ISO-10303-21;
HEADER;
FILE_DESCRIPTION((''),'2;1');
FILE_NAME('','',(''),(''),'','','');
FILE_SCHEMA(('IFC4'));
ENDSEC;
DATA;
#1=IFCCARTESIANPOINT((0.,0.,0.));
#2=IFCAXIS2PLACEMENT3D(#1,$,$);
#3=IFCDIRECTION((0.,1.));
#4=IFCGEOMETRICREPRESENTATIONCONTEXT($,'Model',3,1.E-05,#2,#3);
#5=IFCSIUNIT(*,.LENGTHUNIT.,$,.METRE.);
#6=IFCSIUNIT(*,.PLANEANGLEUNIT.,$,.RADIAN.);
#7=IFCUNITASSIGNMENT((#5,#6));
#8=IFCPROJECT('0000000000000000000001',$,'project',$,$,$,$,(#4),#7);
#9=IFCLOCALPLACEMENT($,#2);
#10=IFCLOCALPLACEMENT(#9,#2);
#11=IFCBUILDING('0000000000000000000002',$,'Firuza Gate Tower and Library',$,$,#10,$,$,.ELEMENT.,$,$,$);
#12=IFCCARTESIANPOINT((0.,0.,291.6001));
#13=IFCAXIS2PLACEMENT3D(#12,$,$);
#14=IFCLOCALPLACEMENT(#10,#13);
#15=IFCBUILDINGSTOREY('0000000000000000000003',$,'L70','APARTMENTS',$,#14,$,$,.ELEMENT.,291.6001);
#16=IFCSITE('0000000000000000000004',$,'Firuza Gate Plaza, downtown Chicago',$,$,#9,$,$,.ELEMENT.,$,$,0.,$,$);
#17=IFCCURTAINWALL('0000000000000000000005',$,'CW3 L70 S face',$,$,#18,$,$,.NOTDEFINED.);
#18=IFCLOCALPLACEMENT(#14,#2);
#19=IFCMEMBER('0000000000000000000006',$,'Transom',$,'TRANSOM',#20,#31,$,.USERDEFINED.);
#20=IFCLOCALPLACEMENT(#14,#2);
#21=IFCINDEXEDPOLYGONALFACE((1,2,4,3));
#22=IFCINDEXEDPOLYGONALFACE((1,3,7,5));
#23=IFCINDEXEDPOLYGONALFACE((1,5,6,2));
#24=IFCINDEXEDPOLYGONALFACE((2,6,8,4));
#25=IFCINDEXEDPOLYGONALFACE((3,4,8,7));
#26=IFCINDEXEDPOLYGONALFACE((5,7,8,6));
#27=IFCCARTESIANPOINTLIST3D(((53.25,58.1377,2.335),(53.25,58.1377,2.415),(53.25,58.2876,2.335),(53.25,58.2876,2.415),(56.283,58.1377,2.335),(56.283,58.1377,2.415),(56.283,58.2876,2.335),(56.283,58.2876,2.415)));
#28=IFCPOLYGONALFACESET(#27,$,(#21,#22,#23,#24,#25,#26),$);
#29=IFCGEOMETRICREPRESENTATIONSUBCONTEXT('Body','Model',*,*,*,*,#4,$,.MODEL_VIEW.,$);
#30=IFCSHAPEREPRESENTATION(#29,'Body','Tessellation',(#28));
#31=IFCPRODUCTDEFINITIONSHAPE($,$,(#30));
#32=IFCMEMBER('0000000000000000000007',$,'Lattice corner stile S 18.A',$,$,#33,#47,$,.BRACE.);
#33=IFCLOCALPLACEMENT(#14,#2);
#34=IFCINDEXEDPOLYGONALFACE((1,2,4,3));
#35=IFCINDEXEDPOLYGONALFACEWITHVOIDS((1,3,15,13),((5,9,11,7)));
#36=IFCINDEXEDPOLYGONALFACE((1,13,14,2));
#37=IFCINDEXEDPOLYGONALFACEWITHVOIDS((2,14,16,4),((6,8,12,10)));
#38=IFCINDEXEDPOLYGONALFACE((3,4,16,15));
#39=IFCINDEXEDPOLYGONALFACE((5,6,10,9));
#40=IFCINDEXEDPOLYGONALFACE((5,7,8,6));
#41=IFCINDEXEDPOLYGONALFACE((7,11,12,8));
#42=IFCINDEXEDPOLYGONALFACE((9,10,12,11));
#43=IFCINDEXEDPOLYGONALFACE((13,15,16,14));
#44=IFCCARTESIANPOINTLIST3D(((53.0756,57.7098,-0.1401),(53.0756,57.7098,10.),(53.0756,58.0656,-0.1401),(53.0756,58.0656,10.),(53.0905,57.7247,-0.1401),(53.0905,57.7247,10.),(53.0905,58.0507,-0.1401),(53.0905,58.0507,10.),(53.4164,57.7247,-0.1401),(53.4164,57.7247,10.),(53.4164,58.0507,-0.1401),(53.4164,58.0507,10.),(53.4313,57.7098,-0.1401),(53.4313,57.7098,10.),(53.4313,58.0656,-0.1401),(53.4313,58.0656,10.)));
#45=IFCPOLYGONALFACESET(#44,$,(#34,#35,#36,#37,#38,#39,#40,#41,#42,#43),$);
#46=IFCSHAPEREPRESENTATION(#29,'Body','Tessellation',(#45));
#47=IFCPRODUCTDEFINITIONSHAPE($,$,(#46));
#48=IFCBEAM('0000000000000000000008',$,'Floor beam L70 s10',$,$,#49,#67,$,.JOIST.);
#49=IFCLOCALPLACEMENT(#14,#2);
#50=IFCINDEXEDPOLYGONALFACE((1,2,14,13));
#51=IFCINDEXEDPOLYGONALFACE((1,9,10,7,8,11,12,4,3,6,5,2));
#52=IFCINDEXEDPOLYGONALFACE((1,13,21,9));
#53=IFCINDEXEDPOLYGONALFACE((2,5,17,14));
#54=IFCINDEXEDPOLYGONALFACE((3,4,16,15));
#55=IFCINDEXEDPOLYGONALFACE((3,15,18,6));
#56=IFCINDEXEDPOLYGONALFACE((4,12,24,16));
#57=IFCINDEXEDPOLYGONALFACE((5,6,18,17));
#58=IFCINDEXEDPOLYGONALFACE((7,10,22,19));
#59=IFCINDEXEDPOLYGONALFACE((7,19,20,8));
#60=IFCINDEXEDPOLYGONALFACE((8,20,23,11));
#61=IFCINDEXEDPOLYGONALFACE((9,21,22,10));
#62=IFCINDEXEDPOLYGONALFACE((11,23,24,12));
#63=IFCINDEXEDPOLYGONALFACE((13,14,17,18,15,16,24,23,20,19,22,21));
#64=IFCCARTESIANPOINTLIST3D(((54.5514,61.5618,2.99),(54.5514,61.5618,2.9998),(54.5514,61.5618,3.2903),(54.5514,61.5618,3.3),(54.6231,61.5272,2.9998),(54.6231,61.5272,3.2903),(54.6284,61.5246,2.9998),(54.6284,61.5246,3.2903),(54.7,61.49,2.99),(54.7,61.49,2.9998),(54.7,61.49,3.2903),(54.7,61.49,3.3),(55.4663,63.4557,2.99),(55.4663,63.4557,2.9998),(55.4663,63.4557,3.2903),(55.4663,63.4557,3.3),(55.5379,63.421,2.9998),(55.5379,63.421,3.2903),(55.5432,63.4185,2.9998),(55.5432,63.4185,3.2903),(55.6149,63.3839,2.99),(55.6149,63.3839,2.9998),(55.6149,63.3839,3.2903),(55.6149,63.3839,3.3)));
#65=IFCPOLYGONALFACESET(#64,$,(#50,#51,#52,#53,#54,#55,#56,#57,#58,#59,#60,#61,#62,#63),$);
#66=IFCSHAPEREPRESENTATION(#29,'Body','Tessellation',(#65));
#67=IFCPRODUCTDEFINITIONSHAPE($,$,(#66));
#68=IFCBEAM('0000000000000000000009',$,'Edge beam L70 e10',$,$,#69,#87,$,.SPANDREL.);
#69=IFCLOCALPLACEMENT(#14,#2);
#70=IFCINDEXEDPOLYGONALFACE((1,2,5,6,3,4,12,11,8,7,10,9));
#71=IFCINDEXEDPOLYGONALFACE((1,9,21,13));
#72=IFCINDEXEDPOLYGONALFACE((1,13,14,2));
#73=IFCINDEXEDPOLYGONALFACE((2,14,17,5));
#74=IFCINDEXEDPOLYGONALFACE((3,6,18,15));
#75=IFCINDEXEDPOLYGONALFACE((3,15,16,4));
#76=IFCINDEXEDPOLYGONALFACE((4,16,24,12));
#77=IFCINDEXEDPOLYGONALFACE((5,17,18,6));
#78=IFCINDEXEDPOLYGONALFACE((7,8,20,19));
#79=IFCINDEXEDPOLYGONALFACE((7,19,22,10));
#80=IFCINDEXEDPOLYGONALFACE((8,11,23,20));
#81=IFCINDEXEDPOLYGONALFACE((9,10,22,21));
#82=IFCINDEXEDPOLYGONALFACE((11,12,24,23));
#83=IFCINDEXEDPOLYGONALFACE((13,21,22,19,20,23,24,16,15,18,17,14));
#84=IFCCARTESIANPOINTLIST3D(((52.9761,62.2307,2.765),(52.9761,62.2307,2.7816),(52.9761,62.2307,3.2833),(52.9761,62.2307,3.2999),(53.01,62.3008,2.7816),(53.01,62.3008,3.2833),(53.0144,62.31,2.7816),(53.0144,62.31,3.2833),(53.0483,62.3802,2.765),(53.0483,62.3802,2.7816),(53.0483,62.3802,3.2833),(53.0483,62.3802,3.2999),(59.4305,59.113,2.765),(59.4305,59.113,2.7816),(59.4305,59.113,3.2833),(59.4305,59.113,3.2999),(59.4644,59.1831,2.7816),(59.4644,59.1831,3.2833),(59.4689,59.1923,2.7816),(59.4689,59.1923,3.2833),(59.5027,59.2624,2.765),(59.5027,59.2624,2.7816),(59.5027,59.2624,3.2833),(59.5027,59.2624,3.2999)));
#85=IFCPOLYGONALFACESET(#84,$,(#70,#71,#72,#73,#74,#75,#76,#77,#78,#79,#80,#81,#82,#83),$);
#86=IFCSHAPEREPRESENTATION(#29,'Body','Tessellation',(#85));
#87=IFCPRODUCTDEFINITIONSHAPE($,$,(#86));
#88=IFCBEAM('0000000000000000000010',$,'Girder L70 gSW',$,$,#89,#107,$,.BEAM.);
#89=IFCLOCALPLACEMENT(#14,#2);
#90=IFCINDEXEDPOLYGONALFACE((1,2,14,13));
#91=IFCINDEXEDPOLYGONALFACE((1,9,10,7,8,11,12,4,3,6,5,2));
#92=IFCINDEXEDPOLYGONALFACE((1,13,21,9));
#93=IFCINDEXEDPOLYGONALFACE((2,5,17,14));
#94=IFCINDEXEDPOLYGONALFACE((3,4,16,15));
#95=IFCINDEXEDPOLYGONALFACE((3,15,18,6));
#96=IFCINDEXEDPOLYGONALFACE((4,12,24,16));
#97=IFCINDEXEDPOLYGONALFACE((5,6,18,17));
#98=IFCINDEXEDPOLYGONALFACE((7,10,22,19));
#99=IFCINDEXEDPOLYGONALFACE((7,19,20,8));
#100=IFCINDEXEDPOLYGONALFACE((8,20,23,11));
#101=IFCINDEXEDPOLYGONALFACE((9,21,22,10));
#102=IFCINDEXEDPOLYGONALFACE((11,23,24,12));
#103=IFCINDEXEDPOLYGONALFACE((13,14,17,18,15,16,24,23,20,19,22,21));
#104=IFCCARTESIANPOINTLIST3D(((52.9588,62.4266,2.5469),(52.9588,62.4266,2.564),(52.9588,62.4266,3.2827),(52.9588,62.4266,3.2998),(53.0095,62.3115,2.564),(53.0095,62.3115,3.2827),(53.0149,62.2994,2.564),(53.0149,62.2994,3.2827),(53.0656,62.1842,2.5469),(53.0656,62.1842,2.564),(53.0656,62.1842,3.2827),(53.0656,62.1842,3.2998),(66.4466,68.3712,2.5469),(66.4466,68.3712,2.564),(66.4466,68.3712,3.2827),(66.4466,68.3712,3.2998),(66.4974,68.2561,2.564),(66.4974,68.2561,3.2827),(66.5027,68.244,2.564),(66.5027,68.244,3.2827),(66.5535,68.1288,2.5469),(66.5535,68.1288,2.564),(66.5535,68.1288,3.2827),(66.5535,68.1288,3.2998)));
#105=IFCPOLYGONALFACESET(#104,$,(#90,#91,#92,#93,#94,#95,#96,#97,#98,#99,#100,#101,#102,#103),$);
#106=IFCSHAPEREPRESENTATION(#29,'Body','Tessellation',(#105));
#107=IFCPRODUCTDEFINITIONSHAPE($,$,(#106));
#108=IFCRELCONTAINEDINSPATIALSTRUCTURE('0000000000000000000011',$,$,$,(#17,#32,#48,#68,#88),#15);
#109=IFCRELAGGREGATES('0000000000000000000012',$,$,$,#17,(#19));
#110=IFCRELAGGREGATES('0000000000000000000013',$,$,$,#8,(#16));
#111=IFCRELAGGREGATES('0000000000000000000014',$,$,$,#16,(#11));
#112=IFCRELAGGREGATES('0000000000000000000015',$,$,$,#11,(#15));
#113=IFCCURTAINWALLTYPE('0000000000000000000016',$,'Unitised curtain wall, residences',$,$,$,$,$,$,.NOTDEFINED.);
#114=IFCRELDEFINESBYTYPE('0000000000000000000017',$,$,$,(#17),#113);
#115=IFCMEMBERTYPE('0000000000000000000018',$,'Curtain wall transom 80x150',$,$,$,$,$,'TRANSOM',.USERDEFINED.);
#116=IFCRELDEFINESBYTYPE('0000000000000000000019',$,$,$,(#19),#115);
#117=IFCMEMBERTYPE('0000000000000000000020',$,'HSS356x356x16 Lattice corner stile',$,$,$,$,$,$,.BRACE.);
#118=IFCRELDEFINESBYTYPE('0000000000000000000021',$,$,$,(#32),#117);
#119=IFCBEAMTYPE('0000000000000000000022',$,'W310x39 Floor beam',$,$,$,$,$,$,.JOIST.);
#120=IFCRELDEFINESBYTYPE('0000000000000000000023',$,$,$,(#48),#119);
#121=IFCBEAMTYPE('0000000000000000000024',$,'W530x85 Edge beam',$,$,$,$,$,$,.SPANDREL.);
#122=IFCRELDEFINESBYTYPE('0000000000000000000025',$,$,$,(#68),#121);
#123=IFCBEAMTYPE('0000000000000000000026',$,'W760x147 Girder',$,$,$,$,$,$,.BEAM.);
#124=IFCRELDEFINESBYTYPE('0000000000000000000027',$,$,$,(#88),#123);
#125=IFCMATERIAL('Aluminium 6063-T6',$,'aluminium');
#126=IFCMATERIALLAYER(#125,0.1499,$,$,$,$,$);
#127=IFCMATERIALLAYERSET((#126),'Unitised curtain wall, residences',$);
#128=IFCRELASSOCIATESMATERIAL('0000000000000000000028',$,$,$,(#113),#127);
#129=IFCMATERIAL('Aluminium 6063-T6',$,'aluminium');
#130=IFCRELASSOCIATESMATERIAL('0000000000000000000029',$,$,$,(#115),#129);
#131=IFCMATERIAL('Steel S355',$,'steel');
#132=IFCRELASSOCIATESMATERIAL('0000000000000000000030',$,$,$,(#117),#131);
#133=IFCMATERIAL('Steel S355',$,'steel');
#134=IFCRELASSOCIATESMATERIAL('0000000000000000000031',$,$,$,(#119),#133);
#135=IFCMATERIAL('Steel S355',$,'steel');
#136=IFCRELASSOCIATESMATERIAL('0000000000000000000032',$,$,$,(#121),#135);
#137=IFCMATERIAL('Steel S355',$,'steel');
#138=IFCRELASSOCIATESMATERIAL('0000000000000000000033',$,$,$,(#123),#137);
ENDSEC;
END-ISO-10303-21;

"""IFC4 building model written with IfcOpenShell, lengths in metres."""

from ifc_helpers import new_model, si_unit, direction, frame, origin, origin_2d, place, context, subcontext, project, spatial, rectangle, hollow_rectangle, i_section, extrude, material, layer, layer_set, material_profile, profile_set, type_object, element, aggregate, save


model = new_model("IFC4")

# Units and contexts
model_context = context("Model", 3, precision=1e-05, world=origin(), true_north=direction((0.0, 1.0)))
body_context = subcontext(model_context, "Body", "Model", "MODEL_VIEW")
ifc_project = project(units=[si_unit("LENGTHUNIT", "METRE"), si_unit("PLANEANGLEUNIT", "RADIAN")], contexts=[model_context])

# Site, building, storey
site_placement = place(None, origin())
site = spatial("IfcSite", under=ifc_project, at=site_placement, Name="Firuza Gate Plaza, downtown Chicago", CompositionType="ELEMENT", RefElevation=0.0)
building_placement = place(site_placement, origin())
building = spatial("IfcBuilding", under=site, at=building_placement, Name="Firuza Gate Tower and Library", CompositionType="ELEMENT")
storey_placement = place(building_placement, frame((0.0, 0.0, 291.6001)))
storey = spatial("IfcBuildingStorey", under=building, at=storey_placement, Name="L70", Description="APARTMENTS", CompositionType="ELEMENT", Elevation=291.6001)

# Curtain wall
ifc_material_1 = material(Name="Aluminium 6063-T6", Category="aluminium")
ifc_layer_1 = layer(ifc_material_1, 0.1499)
ifc_layer_set_1 = layer_set([ifc_layer_1], Name="Unitised curtain wall, residences")
curtain_wall_type_1 = type_object("IfcCurtainWallType", Name="Unitised curtain wall, residences", PredefinedType="NOTDEFINED", material=ifc_layer_set_1)
placement_1 = place(storey_placement, origin())
curtain_wall_1 = element("IfcCurtainWall", 1, at=placement_1, inside=storey, type_object=curtain_wall_type_1, Name="CW3 L70 S face", PredefinedType="NOTDEFINED")

# Members
ifc_material_2 = material(Name="Aluminium 6063-T6", Category="aluminium")
ifc_material_profile_1 = material_profile(ifc_material_2, rectangle(XDim=0.1499, YDim=0.0801, at=origin_2d()))
ifc_profile_set_1 = profile_set([ifc_material_profile_1], Name="Aluminium 6063-T6")
member_type_1 = type_object("IfcMemberType", Name="Curtain wall transom 80x150", ElementType="TRANSOM", PredefinedType="USERDEFINED", material=ifc_profile_set_1)
member_1_placement = place(storey_placement, frame((53.25, 58.2126, 2.375), z_axis=(1.0, 0.0, 0.0), x_axis=(0.0, 1.0, 0.0)))
member_1 = element("IfcMember", 2, at=member_1_placement, type_object=member_type_1, Name="Transom", ObjectType="TRANSOM", PredefinedType="USERDEFINED", context=body_context, shape_type="SweptSolid", body=[
    extrude(rectangle(XDim=0.1499, YDim=0.0801, at=origin_2d()), origin(), (0.0, 0.0, 1.0), 3.033),
])
ifc_material_3 = material(Name="Steel S355", Category="steel")
ifc_material_profile_2 = material_profile(ifc_material_3, hollow_rectangle(XDim=0.3557, YDim=0.3557, WallThickness=0.0149, at=origin_2d()))
ifc_profile_set_2 = profile_set([ifc_material_profile_2], Name="Steel S355")
member_type_2 = type_object("IfcMemberType", Name="HSS356x356x16 Lattice corner stile", PredefinedType="BRACE", material=ifc_profile_set_2)
member_2_placement = place(storey_placement, frame((53.2534, 57.8877, -0.1401), z_axis=(0.0, 0.0, 1.0), x_axis=(1.0, 0.0, 0.0)))
element("IfcMember", 3, at=member_2_placement, inside=storey, type_object=member_type_2, Name="Lattice corner stile S 18.A", PredefinedType="BRACE", context=body_context, shape_type="SweptSolid", body=[
    extrude(hollow_rectangle(XDim=0.3557, YDim=0.3557, WallThickness=0.0149, at=origin_2d()), origin(), (0.0, 0.0, 1.0), 10.1401),
])

# Beams
ifc_material_4 = material(Name="Steel S355", Category="steel")
ifc_material_profile_3 = material_profile(ifc_material_4, i_section(OverallWidth=0.165, OverallDepth=0.3101, WebThickness=0.0059, FlangeThickness=0.0098, at=origin_2d()))
ifc_profile_set_3 = profile_set([ifc_material_profile_3], Name="Steel S355")
beam_type_1 = type_object("IfcBeamType", Name="W310x39 Floor beam", PredefinedType="JOIST", material=ifc_profile_set_3)
beam_1_placement = place(storey_placement, frame((54.6257, 61.5259, 3.145), z_axis=(0.43496, 0.90045, 0.0), x_axis=(-0.90045, 0.43496, 0.0)))
element("IfcBeam", 4, at=beam_1_placement, inside=storey, type_object=beam_type_1, Name="Floor beam L70 s10", PredefinedType="JOIST", context=body_context, shape_type="SweptSolid", body=[
    extrude(i_section(OverallWidth=0.165, OverallDepth=0.3101, WebThickness=0.0059, FlangeThickness=0.0098, at=origin_2d()), origin(), (0.0, 0.0, 1.0), 2.1033),
])
ifc_material_5 = material(Name="Steel S355", Category="steel")
ifc_material_profile_4 = material_profile(ifc_material_5, i_section(OverallWidth=0.166, OverallDepth=0.5349, WebThickness=0.0103, FlangeThickness=0.0166, at=origin_2d()))
ifc_profile_set_4 = profile_set([ifc_material_profile_4], Name="Steel S355")
beam_type_2 = type_object("IfcBeamType", Name="W530x85 Edge beam", PredefinedType="SPANDREL", material=ifc_profile_set_4)
beam_2_placement = place(storey_placement, frame((53.0122, 62.3054, 3.0325), z_axis=(0.900454, -0.434951, 0.0), x_axis=(0.434951, 0.900454, 0.0)))
element("IfcBeam", 5, at=beam_2_placement, inside=storey, type_object=beam_type_2, Name="Edge beam L70 e10", PredefinedType="SPANDREL", context=body_context, shape_type="SweptSolid", body=[
    extrude(i_section(OverallWidth=0.166, OverallDepth=0.5349, WebThickness=0.0103, FlangeThickness=0.0166, at=origin_2d()), origin(), (0.0, 0.0, 1.0), 7.168),
])
ifc_material_6 = material(Name="Steel S355", Category="steel")
ifc_material_profile_5 = material_profile(ifc_material_6, i_section(OverallWidth=0.2649, OverallDepth=0.7529, WebThickness=0.0132, FlangeThickness=0.0171, at=origin_2d()))
ifc_profile_set_5 = profile_set([ifc_material_profile_5], Name="Steel S355")
beam_type_3 = type_object("IfcBeamType", Name="W760x147 Girder", PredefinedType="BEAM", material=ifc_profile_set_5)
beam_3_placement = place(storey_placement, frame((53.0122, 62.3054, 2.9233), z_axis=(0.915066, 0.403304, 0.0), x_axis=(-0.403304, 0.915066, 0.0)))
element("IfcBeam", 6, at=beam_3_placement, inside=storey, type_object=beam_type_3, Name="Girder L70 gSW", PredefinedType="BEAM", context=body_context, shape_type="SweptSolid", body=[
    extrude(i_section(OverallWidth=0.2649, OverallDepth=0.7529, WebThickness=0.0132, FlangeThickness=0.0171, at=origin_2d()), origin(), (0.0, 0.0, 1.0), 14.7397),
])

aggregate(curtain_wall_1, [member_1])

save(model, "model.ifc")
